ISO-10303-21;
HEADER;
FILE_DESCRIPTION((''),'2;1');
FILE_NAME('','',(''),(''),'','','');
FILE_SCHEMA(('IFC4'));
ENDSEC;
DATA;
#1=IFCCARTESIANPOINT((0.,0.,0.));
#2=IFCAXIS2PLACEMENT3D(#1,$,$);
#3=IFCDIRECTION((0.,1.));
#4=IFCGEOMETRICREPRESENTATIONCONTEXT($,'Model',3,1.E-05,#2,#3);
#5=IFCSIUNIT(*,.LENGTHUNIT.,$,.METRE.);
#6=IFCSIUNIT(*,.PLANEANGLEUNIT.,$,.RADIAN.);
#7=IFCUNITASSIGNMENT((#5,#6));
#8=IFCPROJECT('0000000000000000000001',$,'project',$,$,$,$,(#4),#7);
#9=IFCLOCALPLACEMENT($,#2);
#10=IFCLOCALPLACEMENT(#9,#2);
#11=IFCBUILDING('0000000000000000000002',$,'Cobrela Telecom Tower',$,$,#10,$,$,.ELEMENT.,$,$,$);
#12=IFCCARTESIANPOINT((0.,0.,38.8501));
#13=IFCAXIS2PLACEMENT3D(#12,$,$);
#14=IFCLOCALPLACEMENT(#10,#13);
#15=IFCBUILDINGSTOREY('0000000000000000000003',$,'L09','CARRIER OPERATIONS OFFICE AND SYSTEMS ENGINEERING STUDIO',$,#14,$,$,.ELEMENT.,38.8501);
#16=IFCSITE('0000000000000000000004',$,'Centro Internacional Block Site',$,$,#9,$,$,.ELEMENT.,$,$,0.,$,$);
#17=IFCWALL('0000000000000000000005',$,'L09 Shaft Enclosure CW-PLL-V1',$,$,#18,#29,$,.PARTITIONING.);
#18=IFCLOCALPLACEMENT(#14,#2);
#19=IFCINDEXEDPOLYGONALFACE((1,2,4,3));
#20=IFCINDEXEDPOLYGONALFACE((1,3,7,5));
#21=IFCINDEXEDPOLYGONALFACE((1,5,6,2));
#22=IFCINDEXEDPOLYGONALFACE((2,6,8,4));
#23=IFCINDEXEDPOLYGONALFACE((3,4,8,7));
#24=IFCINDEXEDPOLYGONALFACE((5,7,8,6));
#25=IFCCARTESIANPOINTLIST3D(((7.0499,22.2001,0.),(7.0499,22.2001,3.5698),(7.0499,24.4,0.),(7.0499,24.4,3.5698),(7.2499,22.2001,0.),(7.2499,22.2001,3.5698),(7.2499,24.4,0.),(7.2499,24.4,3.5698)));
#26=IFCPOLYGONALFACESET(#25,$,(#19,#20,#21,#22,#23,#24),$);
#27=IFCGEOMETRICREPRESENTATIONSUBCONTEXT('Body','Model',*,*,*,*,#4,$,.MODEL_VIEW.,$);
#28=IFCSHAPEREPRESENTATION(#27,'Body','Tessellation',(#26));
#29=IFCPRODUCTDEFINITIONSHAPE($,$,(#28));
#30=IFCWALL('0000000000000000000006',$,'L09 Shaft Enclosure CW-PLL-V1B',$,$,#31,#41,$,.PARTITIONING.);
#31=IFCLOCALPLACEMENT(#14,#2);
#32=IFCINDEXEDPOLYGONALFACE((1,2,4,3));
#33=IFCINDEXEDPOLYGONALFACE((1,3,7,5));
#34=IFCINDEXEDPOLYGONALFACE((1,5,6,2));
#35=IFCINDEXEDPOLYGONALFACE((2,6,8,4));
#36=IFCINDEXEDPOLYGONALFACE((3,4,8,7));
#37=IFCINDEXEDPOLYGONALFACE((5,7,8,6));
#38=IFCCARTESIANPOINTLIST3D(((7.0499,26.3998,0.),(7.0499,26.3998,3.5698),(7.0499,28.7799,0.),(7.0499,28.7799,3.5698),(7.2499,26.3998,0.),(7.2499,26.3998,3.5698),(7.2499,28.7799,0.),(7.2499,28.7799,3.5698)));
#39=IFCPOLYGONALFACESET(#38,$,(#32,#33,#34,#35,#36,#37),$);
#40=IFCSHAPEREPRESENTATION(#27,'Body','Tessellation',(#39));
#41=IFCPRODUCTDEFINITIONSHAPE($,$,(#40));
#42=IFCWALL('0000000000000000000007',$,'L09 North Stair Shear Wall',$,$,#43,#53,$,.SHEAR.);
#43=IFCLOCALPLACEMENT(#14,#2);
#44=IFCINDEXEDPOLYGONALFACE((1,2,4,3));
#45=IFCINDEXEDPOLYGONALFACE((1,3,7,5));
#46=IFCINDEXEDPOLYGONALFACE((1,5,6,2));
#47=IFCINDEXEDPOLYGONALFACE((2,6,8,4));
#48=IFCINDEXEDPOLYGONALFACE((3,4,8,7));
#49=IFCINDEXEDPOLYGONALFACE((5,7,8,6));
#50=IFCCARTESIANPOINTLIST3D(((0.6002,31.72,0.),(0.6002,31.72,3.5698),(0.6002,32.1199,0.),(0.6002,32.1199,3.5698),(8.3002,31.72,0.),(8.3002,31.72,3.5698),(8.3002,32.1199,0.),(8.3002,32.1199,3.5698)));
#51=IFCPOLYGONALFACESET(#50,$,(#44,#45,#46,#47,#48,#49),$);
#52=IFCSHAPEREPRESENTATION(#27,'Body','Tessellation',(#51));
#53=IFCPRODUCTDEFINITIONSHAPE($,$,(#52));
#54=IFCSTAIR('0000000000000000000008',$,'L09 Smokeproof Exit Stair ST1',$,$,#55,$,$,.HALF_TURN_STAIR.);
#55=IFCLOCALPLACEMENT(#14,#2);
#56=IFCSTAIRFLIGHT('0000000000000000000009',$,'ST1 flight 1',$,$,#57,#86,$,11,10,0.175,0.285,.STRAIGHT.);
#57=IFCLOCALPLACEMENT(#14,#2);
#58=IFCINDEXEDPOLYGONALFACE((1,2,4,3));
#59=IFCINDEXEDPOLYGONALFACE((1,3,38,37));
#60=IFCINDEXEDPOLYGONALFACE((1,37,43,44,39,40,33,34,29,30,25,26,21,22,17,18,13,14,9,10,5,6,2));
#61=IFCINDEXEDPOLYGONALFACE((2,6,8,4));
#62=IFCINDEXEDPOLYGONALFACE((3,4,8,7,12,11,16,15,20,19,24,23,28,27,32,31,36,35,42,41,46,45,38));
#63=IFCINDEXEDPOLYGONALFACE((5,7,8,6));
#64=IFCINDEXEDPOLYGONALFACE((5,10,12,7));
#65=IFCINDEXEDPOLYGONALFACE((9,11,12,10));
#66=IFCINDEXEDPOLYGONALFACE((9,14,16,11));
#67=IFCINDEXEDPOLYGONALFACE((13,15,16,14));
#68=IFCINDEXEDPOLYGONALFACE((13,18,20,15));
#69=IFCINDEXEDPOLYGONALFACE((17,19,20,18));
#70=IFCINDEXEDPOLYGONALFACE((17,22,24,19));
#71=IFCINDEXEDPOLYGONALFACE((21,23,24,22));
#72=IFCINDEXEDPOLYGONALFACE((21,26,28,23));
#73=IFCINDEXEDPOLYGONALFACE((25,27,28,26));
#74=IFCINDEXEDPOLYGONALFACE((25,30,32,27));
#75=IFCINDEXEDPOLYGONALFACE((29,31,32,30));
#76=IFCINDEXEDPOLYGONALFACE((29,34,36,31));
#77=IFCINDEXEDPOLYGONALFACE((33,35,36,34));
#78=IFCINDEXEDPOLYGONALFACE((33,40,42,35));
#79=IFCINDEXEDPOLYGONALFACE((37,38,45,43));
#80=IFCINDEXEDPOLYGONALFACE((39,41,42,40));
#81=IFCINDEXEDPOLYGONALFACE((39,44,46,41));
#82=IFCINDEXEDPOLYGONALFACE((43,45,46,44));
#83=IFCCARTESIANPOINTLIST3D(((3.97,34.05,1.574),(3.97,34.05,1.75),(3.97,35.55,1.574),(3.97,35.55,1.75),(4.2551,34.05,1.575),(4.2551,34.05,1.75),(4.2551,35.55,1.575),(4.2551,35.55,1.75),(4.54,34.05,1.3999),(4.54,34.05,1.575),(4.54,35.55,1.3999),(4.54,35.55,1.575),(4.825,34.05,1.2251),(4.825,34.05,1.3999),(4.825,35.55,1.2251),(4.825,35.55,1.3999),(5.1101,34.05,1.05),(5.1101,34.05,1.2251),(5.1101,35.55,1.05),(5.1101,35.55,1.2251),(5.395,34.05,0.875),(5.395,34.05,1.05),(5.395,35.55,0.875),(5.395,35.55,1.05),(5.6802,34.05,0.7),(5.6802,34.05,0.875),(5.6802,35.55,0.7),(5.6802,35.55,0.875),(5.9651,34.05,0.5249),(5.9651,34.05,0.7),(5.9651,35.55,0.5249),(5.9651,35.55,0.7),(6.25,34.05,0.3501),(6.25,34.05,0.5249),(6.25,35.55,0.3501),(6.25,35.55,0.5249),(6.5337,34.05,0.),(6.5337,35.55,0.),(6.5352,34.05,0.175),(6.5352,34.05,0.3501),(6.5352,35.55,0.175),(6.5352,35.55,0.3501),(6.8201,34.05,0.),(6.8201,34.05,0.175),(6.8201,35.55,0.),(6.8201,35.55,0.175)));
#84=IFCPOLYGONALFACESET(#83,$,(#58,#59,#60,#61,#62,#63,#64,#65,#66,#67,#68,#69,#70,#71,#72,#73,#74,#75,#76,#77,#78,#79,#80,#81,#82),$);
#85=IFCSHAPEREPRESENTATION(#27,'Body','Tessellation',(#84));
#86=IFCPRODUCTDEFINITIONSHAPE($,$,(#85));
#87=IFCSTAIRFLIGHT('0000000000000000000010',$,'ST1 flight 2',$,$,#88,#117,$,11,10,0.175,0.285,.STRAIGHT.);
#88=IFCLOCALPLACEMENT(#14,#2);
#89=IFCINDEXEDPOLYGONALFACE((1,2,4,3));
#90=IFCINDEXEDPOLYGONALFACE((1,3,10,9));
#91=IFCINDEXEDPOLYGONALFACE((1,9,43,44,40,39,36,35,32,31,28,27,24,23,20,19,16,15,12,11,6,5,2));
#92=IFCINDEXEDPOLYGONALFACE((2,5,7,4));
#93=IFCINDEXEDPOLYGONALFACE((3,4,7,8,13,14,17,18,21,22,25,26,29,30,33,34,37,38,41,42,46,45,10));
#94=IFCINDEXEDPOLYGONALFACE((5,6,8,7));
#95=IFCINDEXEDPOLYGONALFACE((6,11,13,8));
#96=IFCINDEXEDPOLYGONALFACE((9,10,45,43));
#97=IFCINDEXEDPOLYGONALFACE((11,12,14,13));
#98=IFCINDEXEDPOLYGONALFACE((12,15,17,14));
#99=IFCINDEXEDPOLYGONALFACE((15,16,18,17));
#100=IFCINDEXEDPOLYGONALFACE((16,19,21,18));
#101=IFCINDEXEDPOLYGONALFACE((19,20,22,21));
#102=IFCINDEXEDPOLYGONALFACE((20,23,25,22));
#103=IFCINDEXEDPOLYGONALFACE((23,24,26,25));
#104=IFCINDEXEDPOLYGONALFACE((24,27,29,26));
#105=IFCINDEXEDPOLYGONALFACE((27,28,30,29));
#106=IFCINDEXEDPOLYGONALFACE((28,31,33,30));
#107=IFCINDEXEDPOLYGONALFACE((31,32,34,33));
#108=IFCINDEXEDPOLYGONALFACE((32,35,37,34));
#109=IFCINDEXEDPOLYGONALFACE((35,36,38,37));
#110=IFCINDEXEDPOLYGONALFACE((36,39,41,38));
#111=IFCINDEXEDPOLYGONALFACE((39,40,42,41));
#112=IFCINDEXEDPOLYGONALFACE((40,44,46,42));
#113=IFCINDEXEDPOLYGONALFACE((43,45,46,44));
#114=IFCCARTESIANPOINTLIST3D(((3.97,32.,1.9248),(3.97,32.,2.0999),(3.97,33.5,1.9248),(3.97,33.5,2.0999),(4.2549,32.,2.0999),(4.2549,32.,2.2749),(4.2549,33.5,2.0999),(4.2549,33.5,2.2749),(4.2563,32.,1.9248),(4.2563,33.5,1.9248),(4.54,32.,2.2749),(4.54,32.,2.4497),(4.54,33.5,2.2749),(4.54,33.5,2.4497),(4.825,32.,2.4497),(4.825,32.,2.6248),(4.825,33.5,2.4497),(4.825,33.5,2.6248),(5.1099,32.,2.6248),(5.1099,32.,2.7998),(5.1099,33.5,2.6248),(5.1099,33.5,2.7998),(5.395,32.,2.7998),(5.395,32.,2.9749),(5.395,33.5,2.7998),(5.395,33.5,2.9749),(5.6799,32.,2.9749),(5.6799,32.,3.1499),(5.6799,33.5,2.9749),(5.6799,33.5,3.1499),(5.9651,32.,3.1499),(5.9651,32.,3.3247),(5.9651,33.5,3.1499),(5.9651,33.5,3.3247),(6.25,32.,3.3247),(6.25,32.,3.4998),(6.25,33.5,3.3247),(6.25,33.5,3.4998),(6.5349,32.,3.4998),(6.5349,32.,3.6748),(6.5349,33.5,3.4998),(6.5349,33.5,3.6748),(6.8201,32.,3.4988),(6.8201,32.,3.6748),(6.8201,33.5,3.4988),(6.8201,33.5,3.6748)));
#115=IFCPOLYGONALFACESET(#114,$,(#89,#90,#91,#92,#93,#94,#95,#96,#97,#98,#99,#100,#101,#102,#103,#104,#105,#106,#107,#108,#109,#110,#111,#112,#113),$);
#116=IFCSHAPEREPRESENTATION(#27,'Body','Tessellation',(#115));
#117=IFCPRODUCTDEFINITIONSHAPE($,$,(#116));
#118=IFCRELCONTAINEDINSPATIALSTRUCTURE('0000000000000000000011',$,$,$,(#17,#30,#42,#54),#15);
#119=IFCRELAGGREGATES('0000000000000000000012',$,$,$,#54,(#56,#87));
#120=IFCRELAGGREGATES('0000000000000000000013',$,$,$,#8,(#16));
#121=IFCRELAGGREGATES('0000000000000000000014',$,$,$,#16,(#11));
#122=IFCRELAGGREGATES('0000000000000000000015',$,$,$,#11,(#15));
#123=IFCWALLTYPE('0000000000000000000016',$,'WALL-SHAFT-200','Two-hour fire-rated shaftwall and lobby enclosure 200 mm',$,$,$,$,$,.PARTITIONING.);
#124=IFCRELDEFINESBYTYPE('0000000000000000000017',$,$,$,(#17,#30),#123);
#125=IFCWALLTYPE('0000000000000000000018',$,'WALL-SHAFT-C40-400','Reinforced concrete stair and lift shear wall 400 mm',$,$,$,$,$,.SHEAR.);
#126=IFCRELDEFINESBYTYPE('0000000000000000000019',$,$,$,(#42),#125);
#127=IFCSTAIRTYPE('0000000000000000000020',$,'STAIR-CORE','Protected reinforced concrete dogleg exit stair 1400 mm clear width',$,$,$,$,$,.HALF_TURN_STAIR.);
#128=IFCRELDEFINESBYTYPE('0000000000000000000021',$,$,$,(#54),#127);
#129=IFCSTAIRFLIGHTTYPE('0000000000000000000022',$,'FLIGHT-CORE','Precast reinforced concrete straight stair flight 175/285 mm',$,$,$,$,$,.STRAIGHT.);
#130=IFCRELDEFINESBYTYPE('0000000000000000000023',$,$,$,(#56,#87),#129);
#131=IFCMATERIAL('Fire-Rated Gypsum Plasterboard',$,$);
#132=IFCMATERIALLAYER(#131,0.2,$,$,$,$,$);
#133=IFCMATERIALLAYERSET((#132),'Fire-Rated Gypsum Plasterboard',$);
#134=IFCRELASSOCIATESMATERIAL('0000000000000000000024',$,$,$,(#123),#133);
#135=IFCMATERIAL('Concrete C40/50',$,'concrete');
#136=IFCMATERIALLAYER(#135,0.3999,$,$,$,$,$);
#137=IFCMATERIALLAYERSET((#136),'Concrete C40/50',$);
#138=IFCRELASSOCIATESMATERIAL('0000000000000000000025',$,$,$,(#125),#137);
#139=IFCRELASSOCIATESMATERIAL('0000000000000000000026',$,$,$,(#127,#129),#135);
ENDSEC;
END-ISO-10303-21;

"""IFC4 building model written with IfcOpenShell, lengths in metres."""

from ifc_helpers import new_model, si_unit, direction, frame, frame_2d, origin, place, context, subcontext, project, spatial, polyline, rectangle, outline, extrude, material, layer, layer_set, type_object, element, aggregate, save


model = new_model("IFC4")

# Units and contexts
model_context = context("Model", 3, precision=1e-05, world=origin(), true_north=direction((0.0, 1.0)))
body_context = subcontext(model_context, "Body", "Model", "MODEL_VIEW")
ifc_project = project(units=[si_unit("LENGTHUNIT", "METRE"), si_unit("PLANEANGLEUNIT", "RADIAN")], contexts=[model_context])

# Site, building, storey
site_placement = place(None, origin())
site = spatial("IfcSite", under=ifc_project, at=site_placement, Name="Centro Internacional Block Site", CompositionType="ELEMENT", RefElevation=0.0)
building_placement = place(site_placement, origin())
building = spatial("IfcBuilding", under=site, at=building_placement, Name="Cobrela Telecom Tower", CompositionType="ELEMENT")
storey_placement = place(building_placement, frame((0.0, 0.0, 38.8501)))
storey = spatial("IfcBuildingStorey", under=building, at=storey_placement, Name="L09", Description="CARRIER OPERATIONS OFFICE AND SYSTEMS ENGINEERING STUDIO", CompositionType="ELEMENT", Elevation=38.8501)

# Shared definitions
ifc_material_1 = material(Name="Fire-Rated Gypsum Plasterboard")
ifc_layer_1 = layer(ifc_material_1, 0.2)
ifc_layer_set_1 = layer_set([ifc_layer_1], Name="Fire-Rated Gypsum Plasterboard")
wall_type_1 = type_object("IfcWallType", Name="WALL-SHAFT-200", Description="Two-hour fire-rated shaftwall and lobby enclosure 200 mm", PredefinedType="PARTITIONING", material=ifc_layer_set_1)

# Walls
wall_1_placement = place(storey_placement, frame((7.1499, 22.2, 0.0), z_axis=(0.0, 0.0, 1.0), x_axis=(0.0, 1.0, 0.0)))
element("IfcWall", 1, at=wall_1_placement, inside=storey, type_object=wall_type_1, Name="L09 Shaft Enclosure CW-PLL-V1", PredefinedType="PARTITIONING", context=body_context, shape_type="SweptSolid", body=[
    extrude(rectangle(XDim=2.2, YDim=0.2, at=frame_2d((1.1001, 0.0))), origin(), (0.0, 0.0, 1.0), 3.5698),
])
wall_2_placement = place(storey_placement, frame((7.1499, 26.3999, 0.0), z_axis=(0.0, 0.0, 1.0), x_axis=(0.0, 1.0, 0.0)))
element("IfcWall", 2, at=wall_2_placement, inside=storey, type_object=wall_type_1, Name="L09 Shaft Enclosure CW-PLL-V1B", PredefinedType="PARTITIONING", context=body_context, shape_type="SweptSolid", body=[
    extrude(rectangle(XDim=2.3801, YDim=0.2, at=frame_2d((1.1899, 0.0))), origin(), (0.0, 0.0, 1.0), 3.5698),
])
ifc_material_2 = material(Name="Concrete C40/50", Category="concrete")
ifc_layer_2 = layer(ifc_material_2, 0.3999)
ifc_layer_set_2 = layer_set([ifc_layer_2], Name="Concrete C40/50")
wall_type_2 = type_object("IfcWallType", Name="WALL-SHAFT-C40-400", Description="Reinforced concrete stair and lift shear wall 400 mm", PredefinedType="SHEAR", material=ifc_layer_set_2)
wall_3_placement = place(storey_placement, frame((0.6001, 31.9199, 0.0), z_axis=(0.0, 0.0, 1.0), x_axis=(1.0, 0.0, 0.0)))
element("IfcWall", 3, at=wall_3_placement, inside=storey, type_object=wall_type_2, Name="L09 North Stair Shear Wall", PredefinedType="SHEAR", context=body_context, shape_type="SweptSolid", body=[
    extrude(rectangle(XDim=7.7, YDim=0.3999, at=frame_2d((3.8501, 0.0))), origin(), (0.0, 0.0, 1.0), 3.5698),
])

# Stair, stair flights
stair_type = type_object("IfcStairType", Name="STAIR-CORE", Description="Protected reinforced concrete dogleg exit stair 1400 mm clear width", PredefinedType="HALF_TURN_STAIR", material=ifc_material_2)
stair_placement = place(storey_placement, origin())
stair = element("IfcStair", 4, at=stair_placement, inside=storey, type_object=stair_type, Name="L09 Smokeproof Exit Stair ST1", PredefinedType="HALF_TURN_STAIR")
stair_flight_type = type_object("IfcStairFlightType", Name="FLIGHT-CORE", Description="Precast reinforced concrete straight stair flight 175/285 mm", PredefinedType="STRAIGHT", material=ifc_material_2)
stair_flight_1_placement = place(storey_placement, frame((6.8201, 34.8, 0.0), z_axis=(0.0, 0.0, 1.0), x_axis=(-1.0, 0.0, 0.0)))
stair_flight_1 = element("IfcStairFlight", 5, at=stair_flight_1_placement, type_object=stair_flight_type, Name="ST1 flight 1", NumberOfRisers=11, NumberOfTreads=10, PredefinedType="STRAIGHT", RiserHeight=0.175, TreadLength=0.285, context=body_context, shape_type="SweptSolid", body=[
    extrude(outline(polyline([(0.0, 0.0), (0.0, 0.175), (0.2849, 0.175), (0.2849, 0.3501), (0.5701, 0.3501), (0.5701, 0.5249), (0.855, 0.5249), (0.855, 0.7), (1.1399, 0.7), (1.1399, 0.875), (1.425, 0.875), (1.425, 1.05), (1.71, 1.05), (1.71, 1.2251), (1.9951, 1.2251), (1.9951, 1.3999), (2.28, 1.3999), (2.28, 1.575), (2.5649, 1.575), (2.5649, 1.75), (2.8501, 1.75), (2.8501, 1.925), (2.8501, 1.574), (0.2864, 0.0), (0.0, 0.0)])), frame((0.0, 0.75, 0.0), z_axis=(0.0, -1.0, 0.0), x_axis=(1.0, 0.0, 0.0)), (0.0, 0.0, 1.0), 1.5),
])
stair_flight_2_placement = place(storey_placement, frame((3.97, 32.75, 1.9248), z_axis=(0.0, 0.0, 1.0), x_axis=(1.0, 0.0, 0.0)))
stair_flight_2 = element("IfcStairFlight", 6, at=stair_flight_2_placement, type_object=stair_flight_type, Name="ST1 flight 2", NumberOfRisers=11, NumberOfTreads=10, PredefinedType="STRAIGHT", RiserHeight=0.175, TreadLength=0.285, context=body_context, shape_type="SweptSolid", body=[
    extrude(outline(polyline([(0.0, 0.0), (0.0, 0.175), (0.2849, 0.175), (0.2849, 0.3501), (0.5701, 0.3501), (0.5701, 0.5249), (0.855, 0.5249), (0.855, 0.7), (1.1399, 0.7), (1.1399, 0.875), (1.425, 0.875), (1.425, 1.05), (1.71, 1.05), (1.71, 1.2251), (1.9951, 1.2251), (1.9951, 1.3999), (2.28, 1.3999), (2.28, 1.575), (2.5649, 1.575), (2.5649, 1.75), (2.8501, 1.75), (2.8501, 1.925), (2.8501, 1.574), (0.2864, 0.0), (0.0, 0.0)])), frame((0.0, 0.75, 0.0), z_axis=(0.0, -1.0, 0.0), x_axis=(1.0, 0.0, 0.0)), (0.0, 0.0, 1.0), 1.5),
])
aggregate(stair, [stair_flight_1, stair_flight_2])

save(model, "model.ifc")
